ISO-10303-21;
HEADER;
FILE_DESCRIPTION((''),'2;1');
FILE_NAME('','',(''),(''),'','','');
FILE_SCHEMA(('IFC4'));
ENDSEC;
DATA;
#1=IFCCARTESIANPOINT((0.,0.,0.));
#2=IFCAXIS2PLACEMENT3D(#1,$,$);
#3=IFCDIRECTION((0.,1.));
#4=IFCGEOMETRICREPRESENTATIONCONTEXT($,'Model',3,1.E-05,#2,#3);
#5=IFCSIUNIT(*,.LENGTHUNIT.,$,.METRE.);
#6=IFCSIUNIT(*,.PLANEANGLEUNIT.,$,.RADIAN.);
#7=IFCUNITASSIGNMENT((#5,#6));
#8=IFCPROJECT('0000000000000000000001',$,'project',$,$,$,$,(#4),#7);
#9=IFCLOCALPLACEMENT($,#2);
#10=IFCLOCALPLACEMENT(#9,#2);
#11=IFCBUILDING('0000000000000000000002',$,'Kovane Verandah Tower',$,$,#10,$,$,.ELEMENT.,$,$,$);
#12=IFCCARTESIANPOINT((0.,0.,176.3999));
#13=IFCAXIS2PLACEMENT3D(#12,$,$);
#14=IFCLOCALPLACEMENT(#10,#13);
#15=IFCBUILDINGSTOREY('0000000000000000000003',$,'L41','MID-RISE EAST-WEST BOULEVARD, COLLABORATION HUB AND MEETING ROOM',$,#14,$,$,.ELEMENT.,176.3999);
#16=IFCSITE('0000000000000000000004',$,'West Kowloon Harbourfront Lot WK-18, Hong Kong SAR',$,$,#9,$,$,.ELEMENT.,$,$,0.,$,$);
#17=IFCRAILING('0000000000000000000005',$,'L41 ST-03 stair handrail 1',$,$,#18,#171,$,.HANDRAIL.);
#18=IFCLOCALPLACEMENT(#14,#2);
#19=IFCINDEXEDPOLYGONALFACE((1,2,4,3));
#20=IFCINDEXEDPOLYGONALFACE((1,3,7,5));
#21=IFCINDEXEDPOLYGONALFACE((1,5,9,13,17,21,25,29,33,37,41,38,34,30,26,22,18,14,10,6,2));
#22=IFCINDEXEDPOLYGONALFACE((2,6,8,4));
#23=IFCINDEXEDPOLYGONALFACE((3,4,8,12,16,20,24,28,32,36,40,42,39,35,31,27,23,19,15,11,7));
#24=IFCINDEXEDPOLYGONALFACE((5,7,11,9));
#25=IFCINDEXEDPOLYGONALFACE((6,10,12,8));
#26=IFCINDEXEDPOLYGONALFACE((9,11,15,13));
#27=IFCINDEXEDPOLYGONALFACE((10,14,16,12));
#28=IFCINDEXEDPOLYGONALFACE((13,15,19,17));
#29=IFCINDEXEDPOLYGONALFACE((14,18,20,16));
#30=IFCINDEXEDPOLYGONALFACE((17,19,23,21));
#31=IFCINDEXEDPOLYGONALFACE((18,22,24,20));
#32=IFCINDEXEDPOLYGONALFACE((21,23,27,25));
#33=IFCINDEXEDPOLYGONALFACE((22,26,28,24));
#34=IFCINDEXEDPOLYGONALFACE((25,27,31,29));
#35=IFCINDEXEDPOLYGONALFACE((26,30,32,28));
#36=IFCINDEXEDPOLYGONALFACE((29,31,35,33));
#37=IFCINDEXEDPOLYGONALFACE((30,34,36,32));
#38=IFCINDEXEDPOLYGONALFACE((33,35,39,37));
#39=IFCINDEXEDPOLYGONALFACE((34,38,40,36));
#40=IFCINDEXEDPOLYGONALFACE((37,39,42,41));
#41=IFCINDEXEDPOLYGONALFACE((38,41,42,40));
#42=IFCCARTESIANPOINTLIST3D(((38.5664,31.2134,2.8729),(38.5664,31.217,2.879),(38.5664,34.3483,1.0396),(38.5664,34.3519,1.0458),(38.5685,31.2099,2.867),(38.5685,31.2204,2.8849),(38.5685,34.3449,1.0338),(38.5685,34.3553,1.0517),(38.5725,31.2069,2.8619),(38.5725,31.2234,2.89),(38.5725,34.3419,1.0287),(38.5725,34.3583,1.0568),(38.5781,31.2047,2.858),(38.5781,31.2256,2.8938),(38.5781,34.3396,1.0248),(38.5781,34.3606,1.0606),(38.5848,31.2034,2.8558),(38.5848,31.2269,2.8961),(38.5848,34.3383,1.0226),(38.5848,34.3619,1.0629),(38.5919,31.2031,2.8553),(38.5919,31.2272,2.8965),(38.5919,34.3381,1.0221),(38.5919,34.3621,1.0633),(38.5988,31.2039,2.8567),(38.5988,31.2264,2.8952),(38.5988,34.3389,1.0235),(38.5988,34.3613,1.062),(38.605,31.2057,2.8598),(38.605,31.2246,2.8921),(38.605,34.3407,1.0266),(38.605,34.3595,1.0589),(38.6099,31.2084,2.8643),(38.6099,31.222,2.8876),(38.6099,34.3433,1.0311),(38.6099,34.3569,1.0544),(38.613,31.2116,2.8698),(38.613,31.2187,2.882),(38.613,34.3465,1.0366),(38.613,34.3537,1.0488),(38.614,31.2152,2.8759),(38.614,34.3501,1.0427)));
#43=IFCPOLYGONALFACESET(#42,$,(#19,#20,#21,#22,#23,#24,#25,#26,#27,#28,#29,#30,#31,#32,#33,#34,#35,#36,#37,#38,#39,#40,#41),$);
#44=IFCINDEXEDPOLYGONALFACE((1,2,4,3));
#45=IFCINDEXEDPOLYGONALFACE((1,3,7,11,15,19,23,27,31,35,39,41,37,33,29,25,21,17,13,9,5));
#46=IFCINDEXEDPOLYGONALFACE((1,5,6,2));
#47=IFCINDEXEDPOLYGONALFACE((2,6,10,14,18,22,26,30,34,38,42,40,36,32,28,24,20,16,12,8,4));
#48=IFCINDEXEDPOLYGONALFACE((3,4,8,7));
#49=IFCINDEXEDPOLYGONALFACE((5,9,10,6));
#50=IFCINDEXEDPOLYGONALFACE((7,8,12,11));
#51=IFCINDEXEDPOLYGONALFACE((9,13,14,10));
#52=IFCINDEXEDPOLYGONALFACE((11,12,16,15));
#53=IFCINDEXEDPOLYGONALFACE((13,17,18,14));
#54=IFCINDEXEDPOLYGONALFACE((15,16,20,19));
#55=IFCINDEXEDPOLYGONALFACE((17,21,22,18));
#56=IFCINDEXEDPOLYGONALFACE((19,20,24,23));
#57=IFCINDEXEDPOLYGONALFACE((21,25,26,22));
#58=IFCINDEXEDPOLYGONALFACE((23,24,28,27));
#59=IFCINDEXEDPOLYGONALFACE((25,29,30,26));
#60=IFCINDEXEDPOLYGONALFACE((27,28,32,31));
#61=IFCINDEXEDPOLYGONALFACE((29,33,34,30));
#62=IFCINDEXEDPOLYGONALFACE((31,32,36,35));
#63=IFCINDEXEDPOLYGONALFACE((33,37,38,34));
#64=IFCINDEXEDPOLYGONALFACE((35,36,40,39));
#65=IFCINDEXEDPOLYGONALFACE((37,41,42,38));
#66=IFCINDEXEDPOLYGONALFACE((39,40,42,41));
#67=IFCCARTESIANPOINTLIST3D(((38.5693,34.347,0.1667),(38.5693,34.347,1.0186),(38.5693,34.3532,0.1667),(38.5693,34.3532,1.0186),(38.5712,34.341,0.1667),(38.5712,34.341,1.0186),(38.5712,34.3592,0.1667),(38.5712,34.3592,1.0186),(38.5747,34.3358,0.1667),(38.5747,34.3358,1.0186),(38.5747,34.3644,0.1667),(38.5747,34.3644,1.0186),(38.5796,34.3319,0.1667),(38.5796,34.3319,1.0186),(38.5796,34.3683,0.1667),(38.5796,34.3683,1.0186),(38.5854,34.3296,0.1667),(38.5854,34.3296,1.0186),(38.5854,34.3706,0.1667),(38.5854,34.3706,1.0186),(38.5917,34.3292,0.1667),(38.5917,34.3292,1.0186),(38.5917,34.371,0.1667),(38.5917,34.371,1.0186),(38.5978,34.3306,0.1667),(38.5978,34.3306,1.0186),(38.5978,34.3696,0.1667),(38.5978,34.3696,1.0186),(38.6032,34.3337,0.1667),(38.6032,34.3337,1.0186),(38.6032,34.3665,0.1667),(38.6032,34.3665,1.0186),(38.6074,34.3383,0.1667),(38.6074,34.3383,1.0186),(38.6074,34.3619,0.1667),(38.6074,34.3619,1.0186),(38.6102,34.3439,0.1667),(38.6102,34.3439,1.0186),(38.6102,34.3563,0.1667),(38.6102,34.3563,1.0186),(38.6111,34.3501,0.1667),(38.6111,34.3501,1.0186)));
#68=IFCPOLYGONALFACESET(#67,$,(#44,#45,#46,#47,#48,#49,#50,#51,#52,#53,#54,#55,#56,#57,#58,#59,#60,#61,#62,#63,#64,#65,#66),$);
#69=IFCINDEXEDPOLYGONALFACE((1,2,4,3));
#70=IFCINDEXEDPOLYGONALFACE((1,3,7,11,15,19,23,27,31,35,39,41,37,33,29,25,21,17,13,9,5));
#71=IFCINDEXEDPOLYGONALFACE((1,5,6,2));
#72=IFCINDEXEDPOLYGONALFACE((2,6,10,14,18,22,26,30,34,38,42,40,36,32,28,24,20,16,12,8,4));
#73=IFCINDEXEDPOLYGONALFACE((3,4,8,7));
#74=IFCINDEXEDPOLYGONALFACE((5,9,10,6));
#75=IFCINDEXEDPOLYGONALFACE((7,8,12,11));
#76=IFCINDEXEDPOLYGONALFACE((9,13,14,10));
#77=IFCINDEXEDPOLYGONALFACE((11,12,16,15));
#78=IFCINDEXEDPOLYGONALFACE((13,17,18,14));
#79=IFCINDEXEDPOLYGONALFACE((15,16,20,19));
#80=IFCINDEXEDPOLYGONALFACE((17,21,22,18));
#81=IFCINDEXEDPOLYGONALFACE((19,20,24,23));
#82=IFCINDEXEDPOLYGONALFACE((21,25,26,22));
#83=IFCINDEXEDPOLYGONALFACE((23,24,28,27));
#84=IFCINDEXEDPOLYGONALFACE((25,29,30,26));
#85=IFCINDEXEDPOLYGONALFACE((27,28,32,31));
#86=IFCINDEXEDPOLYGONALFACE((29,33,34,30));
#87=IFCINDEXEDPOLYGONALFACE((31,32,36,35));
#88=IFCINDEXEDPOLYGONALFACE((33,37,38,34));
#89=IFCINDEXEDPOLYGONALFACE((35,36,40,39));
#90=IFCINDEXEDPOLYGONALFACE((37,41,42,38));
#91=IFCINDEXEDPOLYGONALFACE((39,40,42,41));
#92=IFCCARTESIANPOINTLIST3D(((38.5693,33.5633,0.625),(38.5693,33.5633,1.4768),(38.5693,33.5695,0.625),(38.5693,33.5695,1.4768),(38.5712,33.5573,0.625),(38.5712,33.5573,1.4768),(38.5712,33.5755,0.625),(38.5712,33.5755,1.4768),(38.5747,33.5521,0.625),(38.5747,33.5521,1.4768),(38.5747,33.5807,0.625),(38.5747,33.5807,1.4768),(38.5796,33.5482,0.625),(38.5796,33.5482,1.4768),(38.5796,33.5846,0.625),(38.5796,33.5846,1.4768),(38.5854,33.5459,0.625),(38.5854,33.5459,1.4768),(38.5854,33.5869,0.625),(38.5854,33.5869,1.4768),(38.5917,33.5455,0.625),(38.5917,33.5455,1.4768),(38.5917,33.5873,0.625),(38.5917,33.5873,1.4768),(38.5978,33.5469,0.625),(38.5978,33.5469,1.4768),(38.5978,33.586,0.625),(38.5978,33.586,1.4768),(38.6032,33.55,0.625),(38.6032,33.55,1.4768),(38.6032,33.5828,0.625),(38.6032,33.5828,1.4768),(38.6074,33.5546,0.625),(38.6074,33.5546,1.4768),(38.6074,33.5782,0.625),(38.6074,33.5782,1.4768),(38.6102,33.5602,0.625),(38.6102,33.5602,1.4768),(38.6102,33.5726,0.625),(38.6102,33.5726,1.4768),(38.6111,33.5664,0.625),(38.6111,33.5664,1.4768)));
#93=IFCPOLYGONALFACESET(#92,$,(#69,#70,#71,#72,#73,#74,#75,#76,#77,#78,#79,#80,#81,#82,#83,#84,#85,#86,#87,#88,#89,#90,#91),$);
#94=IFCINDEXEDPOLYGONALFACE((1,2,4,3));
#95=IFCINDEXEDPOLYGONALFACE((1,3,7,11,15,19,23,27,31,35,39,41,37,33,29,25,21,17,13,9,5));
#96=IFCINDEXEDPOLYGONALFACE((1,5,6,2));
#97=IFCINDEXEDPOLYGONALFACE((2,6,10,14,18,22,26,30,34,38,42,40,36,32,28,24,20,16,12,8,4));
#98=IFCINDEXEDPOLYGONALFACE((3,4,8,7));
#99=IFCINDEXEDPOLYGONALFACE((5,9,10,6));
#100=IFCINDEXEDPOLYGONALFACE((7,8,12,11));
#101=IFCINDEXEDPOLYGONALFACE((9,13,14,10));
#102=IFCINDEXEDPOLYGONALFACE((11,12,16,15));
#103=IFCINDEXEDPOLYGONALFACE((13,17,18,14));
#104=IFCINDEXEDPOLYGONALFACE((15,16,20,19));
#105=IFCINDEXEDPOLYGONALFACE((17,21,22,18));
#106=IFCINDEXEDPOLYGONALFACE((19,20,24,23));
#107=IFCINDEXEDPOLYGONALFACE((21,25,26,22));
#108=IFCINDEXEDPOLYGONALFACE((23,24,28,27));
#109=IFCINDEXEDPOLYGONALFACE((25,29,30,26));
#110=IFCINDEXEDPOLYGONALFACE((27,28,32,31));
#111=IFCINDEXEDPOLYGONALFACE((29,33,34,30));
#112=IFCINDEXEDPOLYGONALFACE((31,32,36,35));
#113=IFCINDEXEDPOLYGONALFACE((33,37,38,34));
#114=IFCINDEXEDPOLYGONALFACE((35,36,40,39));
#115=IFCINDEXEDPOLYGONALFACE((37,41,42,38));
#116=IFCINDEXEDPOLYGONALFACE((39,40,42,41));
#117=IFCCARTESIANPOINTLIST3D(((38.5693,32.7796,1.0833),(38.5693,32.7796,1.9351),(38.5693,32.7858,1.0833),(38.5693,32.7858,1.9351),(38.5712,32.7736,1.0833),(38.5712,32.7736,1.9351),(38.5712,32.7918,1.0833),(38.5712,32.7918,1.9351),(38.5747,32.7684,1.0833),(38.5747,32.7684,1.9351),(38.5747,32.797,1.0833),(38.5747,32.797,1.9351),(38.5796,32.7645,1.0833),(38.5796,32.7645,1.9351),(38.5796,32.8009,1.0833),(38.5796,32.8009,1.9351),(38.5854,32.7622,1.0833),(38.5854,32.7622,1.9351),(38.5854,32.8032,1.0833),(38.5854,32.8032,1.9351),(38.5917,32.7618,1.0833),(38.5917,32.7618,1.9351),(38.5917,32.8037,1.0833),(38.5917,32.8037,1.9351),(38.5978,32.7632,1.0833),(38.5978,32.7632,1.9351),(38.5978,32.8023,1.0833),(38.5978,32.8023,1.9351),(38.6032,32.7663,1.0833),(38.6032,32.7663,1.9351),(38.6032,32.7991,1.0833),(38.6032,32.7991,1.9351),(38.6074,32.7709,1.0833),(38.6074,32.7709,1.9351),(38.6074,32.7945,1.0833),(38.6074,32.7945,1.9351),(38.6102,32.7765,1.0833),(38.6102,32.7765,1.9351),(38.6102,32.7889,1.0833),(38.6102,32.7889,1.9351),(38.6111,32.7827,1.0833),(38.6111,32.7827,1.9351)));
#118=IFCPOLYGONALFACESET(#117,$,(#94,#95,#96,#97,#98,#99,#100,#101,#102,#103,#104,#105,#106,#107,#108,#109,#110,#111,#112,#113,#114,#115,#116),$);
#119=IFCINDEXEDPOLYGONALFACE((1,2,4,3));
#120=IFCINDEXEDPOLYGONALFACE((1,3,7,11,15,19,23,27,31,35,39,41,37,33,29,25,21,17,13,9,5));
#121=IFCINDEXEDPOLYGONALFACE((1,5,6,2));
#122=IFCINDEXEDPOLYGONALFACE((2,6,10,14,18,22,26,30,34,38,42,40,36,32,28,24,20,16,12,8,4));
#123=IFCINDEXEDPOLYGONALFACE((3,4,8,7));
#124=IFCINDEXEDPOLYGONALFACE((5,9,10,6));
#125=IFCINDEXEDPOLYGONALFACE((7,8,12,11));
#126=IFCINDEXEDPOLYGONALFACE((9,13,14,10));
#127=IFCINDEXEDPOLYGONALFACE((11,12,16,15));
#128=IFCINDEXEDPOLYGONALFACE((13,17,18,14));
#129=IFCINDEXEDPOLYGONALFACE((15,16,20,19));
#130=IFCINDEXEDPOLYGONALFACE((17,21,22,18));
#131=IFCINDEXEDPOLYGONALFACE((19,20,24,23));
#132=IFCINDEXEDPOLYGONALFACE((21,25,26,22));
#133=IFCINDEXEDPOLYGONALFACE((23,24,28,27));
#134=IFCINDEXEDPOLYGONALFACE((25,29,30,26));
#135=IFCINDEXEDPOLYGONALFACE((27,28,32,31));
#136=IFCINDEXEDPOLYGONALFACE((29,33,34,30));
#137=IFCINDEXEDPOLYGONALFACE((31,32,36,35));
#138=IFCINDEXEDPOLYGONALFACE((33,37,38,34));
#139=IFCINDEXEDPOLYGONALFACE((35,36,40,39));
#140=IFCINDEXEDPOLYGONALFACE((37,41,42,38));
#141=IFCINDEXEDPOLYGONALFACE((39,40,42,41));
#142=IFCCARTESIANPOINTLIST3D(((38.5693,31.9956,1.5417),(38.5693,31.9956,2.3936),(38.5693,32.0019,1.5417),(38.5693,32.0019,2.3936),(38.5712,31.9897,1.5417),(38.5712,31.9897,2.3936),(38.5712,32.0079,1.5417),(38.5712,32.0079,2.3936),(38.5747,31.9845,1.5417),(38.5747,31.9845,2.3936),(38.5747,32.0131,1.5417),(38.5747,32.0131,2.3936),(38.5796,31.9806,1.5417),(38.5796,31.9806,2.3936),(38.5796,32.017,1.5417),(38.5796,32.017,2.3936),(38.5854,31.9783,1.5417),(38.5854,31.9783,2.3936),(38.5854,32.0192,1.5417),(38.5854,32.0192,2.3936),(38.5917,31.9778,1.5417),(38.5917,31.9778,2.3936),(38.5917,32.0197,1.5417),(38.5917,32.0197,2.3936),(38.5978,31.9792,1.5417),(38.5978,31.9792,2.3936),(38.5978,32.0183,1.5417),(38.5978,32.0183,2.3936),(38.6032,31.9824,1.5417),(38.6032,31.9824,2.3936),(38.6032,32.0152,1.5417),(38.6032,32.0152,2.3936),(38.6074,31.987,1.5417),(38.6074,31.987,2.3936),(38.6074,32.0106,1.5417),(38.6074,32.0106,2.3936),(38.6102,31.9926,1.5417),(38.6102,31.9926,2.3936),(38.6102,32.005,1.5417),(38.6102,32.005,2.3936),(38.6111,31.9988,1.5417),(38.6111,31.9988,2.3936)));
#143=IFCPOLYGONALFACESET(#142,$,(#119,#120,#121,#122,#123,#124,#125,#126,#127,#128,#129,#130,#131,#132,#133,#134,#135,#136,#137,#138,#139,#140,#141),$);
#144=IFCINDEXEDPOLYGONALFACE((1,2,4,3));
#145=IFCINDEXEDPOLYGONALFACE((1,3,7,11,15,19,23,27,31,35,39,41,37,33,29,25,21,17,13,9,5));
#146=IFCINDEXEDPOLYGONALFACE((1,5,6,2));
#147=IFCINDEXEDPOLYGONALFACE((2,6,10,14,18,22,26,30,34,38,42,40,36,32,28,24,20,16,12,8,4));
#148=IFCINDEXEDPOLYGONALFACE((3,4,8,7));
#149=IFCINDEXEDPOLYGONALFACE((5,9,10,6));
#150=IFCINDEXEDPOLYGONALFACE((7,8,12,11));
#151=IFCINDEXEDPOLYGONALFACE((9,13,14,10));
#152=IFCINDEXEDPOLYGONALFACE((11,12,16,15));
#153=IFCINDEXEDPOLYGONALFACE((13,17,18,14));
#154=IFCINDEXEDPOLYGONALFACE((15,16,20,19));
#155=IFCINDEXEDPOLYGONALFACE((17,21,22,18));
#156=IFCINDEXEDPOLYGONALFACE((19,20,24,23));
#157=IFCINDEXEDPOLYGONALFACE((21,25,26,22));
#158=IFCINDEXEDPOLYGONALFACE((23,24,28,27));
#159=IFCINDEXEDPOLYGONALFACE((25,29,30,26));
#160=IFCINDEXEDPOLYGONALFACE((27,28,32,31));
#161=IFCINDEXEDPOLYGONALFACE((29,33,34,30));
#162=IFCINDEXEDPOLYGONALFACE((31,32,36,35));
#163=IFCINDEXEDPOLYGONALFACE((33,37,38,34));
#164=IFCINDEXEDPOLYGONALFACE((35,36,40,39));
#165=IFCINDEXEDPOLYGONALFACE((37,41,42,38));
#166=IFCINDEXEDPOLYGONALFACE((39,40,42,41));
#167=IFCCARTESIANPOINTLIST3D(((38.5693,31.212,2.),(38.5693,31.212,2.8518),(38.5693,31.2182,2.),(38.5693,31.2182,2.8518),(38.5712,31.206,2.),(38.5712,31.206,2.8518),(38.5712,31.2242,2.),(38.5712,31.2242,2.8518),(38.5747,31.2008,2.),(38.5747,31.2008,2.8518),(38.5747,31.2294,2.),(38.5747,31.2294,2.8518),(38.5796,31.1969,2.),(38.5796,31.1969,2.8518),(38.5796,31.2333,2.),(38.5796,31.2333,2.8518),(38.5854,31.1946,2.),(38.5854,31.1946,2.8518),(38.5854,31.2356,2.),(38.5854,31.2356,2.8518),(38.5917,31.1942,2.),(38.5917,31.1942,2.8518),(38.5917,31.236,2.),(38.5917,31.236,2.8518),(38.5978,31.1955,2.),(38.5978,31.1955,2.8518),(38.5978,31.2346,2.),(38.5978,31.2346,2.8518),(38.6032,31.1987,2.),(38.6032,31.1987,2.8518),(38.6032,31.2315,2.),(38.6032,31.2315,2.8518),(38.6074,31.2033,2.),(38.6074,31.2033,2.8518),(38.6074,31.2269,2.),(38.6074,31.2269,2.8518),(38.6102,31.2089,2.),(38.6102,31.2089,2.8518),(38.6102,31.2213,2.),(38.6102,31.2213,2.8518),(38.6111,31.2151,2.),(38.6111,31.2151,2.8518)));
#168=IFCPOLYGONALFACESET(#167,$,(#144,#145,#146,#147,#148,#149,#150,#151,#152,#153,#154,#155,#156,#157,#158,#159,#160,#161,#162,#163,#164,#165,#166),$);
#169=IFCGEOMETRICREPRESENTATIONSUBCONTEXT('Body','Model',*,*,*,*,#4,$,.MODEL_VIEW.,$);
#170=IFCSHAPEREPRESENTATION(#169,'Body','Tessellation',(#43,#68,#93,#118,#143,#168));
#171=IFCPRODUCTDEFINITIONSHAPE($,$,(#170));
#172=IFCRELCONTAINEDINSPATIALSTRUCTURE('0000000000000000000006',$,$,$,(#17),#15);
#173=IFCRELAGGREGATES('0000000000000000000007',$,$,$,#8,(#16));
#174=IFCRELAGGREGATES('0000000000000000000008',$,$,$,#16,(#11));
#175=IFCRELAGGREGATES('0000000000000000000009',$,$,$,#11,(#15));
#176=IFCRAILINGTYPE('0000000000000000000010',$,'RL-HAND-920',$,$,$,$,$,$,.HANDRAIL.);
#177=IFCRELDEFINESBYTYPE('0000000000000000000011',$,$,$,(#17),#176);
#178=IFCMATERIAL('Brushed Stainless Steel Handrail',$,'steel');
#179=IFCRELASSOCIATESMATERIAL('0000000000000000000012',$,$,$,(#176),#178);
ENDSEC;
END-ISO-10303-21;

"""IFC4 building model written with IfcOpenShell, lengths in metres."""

from ifc_helpers import new_model, si_unit, direction, frame, origin, origin_2d, place, context, subcontext, project, spatial, circle, extrude, material, type_object, element, save


model = new_model("IFC4")

# Units and contexts
model_context = context("Model", 3, precision=1e-05, world=origin(), true_north=direction((0.0, 1.0)))
body_context = subcontext(model_context, "Body", "Model", "MODEL_VIEW")
ifc_project = project(units=[si_unit("LENGTHUNIT", "METRE"), si_unit("PLANEANGLEUNIT", "RADIAN")], contexts=[model_context])

# Site, building, storey
site_placement = place(None, origin())
site = spatial("IfcSite", under=ifc_project, at=site_placement, Name="West Kowloon Harbourfront Lot WK-18, Hong Kong SAR", CompositionType="ELEMENT", RefElevation=0.0)
building_placement = place(site_placement, origin())
building = spatial("IfcBuilding", under=site, at=building_placement, Name="Kovane Verandah Tower", CompositionType="ELEMENT")
storey_placement = place(building_placement, frame((0.0, 0.0, 176.3999)))
storey = spatial("IfcBuildingStorey", under=building, at=storey_placement, Name="L41", Description="MID-RISE EAST-WEST BOULEVARD, COLLABORATION HUB AND MEETING ROOM", CompositionType="ELEMENT", Elevation=176.3999)

# Railing
ifc_material_1 = material(Name="Brushed Stainless Steel Handrail", Category="steel")
railing_type_1 = type_object("IfcRailingType", Name="RL-HAND-920", PredefinedType="HANDRAIL", material=ifc_material_1)
railing_1_placement = place(storey_placement, frame((38.5901, 34.3501, 0.1667)))
element("IfcRailing", 1, at=railing_1_placement, inside=storey, type_object=railing_type_1, Name="L41 ST-03 stair handrail 1", PredefinedType="HANDRAIL", context=body_context, shape_type="SweptSolid", body=[
    extrude(circle(Radius=0.0239, at=origin_2d()), frame((0.0, 0.0, 0.876), z_axis=(0.0, -0.86324, 0.504794), x_axis=(1.0, 0.0, 0.0)), (0.0, 0.0, 1.0), 3.6316),
    extrude(circle(Radius=0.021, at=origin_2d()), origin(), (0.0, 0.0, 1.0), 0.8518),
    extrude(circle(Radius=0.021, at=origin_2d()), frame((0.0, -0.7837, 0.4583)), (0.0, 0.0, 1.0), 0.8518),
    extrude(circle(Radius=0.021, at=origin_2d()), frame((0.0, -1.5674, 0.9165)), (0.0, 0.0, 1.0), 0.8518),
    extrude(circle(Radius=0.021, at=origin_2d()), frame((0.0, -2.3513, 1.375)), (0.0, 0.0, 1.0), 0.8518),
    extrude(circle(Radius=0.021, at=origin_2d()), frame((0.0, -3.135, 1.8333)), (0.0, 0.0, 1.0), 0.8518),
])

save(model, "model.ifc")
